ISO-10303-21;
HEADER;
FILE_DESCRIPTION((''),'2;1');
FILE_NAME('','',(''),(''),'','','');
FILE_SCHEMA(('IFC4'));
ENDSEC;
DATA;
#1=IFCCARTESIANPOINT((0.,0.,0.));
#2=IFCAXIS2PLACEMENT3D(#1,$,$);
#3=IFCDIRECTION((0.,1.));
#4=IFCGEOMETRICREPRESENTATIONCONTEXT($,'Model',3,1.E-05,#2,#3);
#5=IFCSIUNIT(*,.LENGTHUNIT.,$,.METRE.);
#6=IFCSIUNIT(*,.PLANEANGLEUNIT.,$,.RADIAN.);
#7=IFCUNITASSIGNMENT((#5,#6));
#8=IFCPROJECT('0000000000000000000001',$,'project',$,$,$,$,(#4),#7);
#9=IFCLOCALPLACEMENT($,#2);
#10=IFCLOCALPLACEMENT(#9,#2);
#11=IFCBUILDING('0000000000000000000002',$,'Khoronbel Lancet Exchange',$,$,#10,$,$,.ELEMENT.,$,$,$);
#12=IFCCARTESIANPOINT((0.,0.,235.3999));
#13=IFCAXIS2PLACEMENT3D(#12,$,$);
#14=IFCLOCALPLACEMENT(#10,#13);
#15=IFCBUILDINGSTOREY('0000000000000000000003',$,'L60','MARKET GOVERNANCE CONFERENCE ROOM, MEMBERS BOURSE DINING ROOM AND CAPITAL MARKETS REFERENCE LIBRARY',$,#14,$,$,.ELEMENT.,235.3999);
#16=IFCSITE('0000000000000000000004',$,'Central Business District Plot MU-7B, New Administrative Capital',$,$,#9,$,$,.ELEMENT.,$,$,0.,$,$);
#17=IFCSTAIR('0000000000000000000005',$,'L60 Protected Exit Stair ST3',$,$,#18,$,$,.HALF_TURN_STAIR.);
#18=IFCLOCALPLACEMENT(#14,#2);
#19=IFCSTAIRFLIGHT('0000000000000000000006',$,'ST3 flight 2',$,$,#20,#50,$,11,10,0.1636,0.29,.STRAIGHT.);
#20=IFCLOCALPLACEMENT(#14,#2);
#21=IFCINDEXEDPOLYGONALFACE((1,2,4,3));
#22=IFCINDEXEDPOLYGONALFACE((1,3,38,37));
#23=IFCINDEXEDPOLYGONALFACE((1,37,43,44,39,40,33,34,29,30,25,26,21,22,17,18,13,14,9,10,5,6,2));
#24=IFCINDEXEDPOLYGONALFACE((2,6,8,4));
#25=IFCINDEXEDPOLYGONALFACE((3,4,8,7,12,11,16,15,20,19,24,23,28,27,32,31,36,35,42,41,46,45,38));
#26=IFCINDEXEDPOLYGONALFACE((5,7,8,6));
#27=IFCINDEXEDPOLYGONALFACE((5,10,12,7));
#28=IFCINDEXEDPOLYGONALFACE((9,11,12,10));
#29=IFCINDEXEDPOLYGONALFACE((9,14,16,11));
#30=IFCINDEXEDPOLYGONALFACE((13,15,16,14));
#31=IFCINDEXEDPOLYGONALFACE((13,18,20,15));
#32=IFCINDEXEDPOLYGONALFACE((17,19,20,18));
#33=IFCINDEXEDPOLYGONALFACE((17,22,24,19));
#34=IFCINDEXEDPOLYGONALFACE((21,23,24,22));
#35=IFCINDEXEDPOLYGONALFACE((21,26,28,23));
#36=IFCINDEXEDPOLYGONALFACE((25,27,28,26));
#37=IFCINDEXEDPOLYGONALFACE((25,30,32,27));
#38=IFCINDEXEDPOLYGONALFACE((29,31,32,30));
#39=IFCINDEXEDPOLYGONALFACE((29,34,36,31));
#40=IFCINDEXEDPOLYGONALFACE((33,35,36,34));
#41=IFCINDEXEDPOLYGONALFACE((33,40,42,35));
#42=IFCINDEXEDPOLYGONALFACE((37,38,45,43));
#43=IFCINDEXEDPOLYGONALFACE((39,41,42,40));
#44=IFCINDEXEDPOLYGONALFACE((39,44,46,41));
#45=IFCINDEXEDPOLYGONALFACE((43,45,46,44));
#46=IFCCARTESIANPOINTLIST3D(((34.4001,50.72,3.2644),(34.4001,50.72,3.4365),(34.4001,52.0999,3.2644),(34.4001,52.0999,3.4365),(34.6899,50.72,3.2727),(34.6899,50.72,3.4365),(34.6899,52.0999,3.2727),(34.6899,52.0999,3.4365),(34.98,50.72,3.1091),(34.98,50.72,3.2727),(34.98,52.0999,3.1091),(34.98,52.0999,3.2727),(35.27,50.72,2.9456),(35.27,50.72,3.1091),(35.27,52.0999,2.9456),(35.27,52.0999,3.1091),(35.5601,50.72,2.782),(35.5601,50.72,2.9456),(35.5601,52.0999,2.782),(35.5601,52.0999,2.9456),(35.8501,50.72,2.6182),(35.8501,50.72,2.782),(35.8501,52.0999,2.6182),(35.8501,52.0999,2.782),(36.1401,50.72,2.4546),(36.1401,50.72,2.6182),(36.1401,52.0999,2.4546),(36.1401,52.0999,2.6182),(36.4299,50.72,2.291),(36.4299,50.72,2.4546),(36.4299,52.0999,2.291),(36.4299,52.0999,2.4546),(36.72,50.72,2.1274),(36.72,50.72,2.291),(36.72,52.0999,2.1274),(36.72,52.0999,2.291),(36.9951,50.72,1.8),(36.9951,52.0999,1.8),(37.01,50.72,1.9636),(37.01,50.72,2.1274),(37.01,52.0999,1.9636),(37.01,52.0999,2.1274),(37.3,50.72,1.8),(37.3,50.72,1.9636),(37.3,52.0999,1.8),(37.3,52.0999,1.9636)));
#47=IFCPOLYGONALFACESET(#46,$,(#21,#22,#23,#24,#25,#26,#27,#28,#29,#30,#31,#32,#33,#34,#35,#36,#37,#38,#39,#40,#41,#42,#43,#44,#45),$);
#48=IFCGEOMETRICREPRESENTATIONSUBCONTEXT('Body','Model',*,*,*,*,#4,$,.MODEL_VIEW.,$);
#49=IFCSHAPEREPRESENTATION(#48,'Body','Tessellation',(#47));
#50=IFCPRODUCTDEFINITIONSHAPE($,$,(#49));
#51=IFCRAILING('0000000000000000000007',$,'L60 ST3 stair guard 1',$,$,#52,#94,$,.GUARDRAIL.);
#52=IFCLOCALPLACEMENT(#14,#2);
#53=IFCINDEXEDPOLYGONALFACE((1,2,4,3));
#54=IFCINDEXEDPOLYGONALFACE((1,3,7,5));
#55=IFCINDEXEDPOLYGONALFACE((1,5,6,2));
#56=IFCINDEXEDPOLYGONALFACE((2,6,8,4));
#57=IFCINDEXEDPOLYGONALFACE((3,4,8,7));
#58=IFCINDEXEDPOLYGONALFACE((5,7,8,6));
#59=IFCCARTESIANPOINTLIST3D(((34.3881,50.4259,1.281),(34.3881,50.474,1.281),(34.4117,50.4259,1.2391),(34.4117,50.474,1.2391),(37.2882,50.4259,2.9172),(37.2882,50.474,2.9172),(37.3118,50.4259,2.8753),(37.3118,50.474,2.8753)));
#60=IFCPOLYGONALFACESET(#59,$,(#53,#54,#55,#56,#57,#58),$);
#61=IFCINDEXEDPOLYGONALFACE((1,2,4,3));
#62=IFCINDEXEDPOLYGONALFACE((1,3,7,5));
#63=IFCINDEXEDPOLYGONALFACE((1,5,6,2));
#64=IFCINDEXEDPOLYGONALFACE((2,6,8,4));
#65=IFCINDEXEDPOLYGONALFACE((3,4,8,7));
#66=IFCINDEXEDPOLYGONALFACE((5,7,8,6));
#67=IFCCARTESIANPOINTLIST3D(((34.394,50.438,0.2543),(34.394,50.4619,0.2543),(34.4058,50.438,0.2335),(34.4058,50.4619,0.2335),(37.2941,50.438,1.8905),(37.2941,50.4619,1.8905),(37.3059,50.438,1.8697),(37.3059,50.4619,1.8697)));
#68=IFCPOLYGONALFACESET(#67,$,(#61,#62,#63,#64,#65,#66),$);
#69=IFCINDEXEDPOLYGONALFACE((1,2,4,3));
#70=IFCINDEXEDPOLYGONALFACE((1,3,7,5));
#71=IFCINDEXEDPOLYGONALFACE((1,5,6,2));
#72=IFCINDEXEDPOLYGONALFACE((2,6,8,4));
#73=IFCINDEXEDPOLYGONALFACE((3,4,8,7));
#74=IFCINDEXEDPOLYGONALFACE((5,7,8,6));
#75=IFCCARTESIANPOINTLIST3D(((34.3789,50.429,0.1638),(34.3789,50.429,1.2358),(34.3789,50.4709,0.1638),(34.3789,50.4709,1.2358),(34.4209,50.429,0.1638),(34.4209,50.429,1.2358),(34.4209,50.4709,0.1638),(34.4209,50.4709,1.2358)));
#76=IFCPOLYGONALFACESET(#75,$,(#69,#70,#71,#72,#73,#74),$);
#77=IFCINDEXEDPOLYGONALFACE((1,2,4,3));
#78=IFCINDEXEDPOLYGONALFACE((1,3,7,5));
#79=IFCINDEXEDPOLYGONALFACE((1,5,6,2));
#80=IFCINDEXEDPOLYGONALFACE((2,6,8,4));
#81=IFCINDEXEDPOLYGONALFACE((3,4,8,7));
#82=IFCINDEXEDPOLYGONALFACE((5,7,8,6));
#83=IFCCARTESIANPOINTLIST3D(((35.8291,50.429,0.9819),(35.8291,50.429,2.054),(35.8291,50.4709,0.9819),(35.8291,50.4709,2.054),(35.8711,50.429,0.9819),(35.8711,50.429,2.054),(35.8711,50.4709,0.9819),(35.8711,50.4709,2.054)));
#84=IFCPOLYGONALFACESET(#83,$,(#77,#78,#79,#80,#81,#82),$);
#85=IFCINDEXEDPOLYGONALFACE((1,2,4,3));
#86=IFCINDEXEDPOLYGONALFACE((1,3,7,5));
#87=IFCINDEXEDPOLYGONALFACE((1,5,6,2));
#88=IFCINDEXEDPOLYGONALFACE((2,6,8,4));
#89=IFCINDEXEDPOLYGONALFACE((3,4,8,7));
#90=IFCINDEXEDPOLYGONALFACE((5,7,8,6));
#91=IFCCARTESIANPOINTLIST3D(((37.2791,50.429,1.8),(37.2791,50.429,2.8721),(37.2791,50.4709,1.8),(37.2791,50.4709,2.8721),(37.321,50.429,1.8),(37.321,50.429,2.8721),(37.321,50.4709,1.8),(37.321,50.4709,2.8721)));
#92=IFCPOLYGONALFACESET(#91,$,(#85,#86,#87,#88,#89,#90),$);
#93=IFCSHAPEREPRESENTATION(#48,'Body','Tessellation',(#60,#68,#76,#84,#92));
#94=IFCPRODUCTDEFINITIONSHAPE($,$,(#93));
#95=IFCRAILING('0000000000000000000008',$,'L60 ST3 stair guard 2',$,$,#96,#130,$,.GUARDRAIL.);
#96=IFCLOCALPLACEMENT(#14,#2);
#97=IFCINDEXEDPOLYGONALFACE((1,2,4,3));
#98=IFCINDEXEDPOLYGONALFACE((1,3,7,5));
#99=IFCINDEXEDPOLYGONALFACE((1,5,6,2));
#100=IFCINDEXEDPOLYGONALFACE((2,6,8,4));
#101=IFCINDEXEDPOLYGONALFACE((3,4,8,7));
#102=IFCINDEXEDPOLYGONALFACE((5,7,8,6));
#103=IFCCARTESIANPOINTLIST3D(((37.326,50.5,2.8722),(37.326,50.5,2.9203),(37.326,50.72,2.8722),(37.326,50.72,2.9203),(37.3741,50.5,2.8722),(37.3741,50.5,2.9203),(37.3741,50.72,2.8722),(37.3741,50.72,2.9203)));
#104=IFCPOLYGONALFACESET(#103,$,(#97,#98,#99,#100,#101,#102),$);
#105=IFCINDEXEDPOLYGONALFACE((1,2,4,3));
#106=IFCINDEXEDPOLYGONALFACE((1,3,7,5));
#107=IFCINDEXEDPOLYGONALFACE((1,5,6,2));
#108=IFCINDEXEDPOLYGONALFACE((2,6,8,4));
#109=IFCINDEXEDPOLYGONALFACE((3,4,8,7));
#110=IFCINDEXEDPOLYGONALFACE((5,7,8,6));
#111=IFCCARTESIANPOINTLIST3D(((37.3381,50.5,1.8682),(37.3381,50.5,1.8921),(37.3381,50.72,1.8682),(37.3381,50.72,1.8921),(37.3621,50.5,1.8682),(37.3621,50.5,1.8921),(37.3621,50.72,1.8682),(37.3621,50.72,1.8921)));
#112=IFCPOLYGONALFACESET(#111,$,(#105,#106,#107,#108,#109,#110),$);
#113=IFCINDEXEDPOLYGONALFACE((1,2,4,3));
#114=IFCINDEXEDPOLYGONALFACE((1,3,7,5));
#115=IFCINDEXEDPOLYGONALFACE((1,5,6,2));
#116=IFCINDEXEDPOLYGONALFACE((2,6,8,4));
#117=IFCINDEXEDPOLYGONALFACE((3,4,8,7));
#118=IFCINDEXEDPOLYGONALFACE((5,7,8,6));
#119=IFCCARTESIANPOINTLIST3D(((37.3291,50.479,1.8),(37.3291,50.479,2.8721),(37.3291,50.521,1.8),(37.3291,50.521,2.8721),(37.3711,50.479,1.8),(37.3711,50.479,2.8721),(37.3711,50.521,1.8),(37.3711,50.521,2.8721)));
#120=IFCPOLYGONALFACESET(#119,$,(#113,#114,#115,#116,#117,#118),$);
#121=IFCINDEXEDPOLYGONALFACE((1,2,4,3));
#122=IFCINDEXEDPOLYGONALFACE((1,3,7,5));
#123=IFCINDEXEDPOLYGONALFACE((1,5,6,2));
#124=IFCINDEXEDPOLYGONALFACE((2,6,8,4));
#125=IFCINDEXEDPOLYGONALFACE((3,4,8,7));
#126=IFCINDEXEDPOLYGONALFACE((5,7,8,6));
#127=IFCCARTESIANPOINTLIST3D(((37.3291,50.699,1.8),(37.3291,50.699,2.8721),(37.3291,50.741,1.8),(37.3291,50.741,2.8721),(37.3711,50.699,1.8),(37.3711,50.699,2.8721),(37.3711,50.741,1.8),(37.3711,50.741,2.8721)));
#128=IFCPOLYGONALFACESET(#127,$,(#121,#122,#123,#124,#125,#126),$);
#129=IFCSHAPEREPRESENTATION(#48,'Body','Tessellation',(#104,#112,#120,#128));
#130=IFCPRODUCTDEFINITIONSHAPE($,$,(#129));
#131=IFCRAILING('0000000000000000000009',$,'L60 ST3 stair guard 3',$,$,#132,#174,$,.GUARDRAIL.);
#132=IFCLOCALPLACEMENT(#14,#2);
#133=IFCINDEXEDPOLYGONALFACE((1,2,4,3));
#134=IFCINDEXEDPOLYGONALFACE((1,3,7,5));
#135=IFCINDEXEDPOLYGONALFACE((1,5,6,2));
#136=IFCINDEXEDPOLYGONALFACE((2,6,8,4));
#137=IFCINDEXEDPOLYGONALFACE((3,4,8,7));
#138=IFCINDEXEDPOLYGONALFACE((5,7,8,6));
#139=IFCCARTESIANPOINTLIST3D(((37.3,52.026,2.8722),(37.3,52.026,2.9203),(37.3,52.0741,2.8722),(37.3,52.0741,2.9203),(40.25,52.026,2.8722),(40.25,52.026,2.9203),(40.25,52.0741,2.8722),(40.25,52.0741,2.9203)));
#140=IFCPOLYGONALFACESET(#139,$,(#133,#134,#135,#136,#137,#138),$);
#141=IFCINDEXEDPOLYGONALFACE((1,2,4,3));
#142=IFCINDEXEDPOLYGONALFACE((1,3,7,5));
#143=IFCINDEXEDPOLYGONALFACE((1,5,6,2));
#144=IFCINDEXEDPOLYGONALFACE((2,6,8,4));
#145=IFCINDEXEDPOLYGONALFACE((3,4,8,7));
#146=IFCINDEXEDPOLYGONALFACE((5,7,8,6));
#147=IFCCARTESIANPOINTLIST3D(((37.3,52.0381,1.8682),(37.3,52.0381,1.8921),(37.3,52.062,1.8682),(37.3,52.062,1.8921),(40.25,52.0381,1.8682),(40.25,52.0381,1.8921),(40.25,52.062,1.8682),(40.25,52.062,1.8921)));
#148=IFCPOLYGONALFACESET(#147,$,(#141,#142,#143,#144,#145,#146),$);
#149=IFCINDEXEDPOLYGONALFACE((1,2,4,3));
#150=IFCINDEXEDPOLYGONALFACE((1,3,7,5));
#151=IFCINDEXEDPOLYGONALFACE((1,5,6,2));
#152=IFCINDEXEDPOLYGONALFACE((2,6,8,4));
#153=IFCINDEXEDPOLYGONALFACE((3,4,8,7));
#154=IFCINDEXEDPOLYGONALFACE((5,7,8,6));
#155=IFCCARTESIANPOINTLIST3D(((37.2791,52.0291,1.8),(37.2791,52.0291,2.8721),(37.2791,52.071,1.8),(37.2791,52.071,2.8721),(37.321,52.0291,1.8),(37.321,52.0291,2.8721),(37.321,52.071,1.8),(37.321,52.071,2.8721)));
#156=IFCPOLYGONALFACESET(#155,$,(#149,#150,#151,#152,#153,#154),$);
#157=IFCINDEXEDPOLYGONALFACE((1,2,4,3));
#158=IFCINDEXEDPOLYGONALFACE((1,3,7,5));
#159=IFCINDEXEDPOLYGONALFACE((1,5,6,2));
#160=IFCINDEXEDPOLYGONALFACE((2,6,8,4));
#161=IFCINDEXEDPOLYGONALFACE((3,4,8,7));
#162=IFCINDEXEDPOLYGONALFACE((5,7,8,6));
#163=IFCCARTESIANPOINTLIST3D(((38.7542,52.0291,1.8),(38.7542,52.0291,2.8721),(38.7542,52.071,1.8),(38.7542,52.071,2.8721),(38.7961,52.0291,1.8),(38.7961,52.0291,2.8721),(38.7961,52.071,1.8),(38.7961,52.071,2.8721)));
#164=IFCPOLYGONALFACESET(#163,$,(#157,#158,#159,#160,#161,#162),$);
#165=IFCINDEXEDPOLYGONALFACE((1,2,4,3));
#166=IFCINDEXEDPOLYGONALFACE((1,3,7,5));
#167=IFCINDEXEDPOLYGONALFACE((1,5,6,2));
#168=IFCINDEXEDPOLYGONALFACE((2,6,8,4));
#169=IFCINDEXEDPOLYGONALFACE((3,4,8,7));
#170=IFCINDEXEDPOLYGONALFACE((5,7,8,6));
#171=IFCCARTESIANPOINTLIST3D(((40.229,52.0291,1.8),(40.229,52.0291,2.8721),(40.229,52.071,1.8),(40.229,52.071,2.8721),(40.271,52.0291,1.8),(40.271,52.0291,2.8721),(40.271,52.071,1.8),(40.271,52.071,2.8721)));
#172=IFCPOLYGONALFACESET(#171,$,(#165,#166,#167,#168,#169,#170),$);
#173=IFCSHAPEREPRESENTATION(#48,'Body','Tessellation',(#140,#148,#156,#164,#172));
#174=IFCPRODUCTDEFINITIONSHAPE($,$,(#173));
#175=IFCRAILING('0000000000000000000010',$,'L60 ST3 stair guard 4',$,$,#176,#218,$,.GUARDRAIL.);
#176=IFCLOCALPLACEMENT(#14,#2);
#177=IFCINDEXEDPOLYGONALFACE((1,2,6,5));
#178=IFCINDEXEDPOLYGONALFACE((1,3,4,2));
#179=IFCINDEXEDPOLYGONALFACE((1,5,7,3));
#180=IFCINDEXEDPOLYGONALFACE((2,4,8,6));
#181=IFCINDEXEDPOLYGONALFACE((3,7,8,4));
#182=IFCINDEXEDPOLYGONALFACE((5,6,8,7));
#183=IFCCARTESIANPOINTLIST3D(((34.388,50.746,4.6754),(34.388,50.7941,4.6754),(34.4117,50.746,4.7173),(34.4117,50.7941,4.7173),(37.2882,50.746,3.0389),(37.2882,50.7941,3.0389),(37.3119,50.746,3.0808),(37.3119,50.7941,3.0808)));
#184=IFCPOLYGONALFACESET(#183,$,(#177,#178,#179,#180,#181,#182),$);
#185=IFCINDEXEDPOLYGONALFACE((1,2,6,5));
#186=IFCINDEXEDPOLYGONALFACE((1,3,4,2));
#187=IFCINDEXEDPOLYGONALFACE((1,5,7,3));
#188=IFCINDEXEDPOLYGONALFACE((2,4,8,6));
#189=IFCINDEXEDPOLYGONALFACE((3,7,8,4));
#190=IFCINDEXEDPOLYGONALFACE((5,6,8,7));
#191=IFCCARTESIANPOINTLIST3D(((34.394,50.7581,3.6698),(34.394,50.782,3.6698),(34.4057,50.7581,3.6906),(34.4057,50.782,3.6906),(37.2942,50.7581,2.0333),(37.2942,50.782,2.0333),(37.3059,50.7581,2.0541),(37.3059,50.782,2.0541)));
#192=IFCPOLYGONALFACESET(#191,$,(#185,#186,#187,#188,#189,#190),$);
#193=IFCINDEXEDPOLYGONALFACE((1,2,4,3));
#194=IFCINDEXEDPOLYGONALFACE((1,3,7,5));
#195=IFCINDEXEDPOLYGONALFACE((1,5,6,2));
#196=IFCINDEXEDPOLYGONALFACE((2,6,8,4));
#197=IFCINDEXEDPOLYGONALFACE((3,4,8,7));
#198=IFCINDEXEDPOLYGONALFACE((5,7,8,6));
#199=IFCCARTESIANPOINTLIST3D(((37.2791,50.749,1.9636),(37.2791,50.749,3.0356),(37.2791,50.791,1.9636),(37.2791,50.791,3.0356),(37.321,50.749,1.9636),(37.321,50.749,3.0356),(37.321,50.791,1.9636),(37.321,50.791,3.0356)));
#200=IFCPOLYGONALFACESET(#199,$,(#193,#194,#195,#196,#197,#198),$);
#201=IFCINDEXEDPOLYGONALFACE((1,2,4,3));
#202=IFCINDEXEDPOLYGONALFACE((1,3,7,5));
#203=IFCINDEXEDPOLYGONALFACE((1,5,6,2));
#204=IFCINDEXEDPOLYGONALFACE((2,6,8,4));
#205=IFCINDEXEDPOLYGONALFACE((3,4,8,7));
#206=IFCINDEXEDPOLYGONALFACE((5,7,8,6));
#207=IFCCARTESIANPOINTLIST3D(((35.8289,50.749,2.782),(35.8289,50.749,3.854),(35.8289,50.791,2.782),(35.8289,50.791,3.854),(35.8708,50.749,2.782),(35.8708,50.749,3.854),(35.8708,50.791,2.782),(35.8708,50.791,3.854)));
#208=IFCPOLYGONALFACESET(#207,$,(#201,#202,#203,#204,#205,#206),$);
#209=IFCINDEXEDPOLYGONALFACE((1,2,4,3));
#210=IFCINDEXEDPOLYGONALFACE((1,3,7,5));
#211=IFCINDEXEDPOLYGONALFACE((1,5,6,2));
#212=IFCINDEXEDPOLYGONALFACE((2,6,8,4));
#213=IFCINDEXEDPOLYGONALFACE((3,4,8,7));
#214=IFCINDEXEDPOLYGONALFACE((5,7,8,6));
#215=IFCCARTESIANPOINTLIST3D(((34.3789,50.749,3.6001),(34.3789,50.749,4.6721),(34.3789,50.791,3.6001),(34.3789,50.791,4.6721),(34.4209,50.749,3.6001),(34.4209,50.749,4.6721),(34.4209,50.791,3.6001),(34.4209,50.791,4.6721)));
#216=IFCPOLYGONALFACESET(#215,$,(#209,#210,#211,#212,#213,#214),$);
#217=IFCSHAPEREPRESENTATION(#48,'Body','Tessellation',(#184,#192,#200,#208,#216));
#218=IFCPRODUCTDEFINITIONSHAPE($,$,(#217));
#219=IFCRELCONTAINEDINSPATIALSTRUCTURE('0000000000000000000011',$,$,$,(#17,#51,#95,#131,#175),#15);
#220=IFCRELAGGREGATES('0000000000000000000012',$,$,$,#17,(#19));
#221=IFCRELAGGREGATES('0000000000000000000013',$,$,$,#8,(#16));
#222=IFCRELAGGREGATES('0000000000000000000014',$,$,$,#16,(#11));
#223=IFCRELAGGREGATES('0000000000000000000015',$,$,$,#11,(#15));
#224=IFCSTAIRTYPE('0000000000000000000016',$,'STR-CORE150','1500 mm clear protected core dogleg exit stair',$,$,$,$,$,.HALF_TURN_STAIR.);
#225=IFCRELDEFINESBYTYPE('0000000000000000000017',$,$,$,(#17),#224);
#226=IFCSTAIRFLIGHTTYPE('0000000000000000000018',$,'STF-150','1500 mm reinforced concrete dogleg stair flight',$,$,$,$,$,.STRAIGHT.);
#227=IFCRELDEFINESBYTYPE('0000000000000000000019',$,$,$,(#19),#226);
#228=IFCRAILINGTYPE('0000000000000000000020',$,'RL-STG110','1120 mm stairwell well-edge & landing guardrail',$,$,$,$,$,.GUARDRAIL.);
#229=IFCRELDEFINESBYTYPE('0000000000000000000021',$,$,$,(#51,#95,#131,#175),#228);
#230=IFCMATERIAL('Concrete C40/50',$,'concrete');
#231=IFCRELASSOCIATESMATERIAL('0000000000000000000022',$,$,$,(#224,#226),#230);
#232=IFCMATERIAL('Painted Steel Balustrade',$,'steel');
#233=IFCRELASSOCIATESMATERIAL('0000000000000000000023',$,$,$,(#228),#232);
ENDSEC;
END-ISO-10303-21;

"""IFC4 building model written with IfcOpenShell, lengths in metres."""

from ifc_helpers import new_model, si_unit, direction, frame, origin, origin_2d, place, context, subcontext, project, spatial, polyline, rectangle, outline, extrude, material, type_object, element, aggregate, save


model = new_model("IFC4")

# Units and contexts
model_context = context("Model", 3, precision=1e-05, world=origin(), true_north=direction((0.0, 1.0)))
body_context = subcontext(model_context, "Body", "Model", "MODEL_VIEW")
ifc_project = project(units=[si_unit("LENGTHUNIT", "METRE"), si_unit("PLANEANGLEUNIT", "RADIAN")], contexts=[model_context])

# Site, building, storey
site_placement = place(None, origin())
site = spatial("IfcSite", under=ifc_project, at=site_placement, Name="Central Business District Plot MU-7B, New Administrative Capital", CompositionType="ELEMENT", RefElevation=0.0)
building_placement = place(site_placement, origin())
building = spatial("IfcBuilding", under=site, at=building_placement, Name="Khoronbel Lancet Exchange", CompositionType="ELEMENT")
storey_placement = place(building_placement, frame((0.0, 0.0, 235.3999)))
storey = spatial("IfcBuildingStorey", under=building, at=storey_placement, Name="L60", Description="MARKET GOVERNANCE CONFERENCE ROOM, MEMBERS BOURSE DINING ROOM AND CAPITAL MARKETS REFERENCE LIBRARY", CompositionType="ELEMENT", Elevation=235.3999)

# Stair, stair flight
ifc_material_1 = material(Name="Concrete C40/50", Category="concrete")
stair_type = type_object("IfcStairType", Name="STR-CORE150", Description="1500 mm clear protected core dogleg exit stair", PredefinedType="HALF_TURN_STAIR", material=ifc_material_1)
stair_placement = place(storey_placement, origin())
stair = element("IfcStair", 1, at=stair_placement, inside=storey, type_object=stair_type, Name="L60 Protected Exit Stair ST3", PredefinedType="HALF_TURN_STAIR")
stair_flight_type = type_object("IfcStairFlightType", Name="STF-150", Description="1500 mm reinforced concrete dogleg stair flight", PredefinedType="STRAIGHT", material=ifc_material_1)
stair_flight_1_placement = place(storey_placement, frame((37.3, 51.4099, 1.8), z_axis=(0.0, 0.0, 1.0), x_axis=(-1.0, 0.0, 0.0)))
stair_flight_1 = element("IfcStairFlight", 2, at=stair_flight_1_placement, type_object=stair_flight_type, Name="ST3 flight 2", NumberOfRisers=11, NumberOfTreads=10, PredefinedType="STRAIGHT", RiserHeight=0.1636, TreadLength=0.29, context=body_context, shape_type="SweptSolid", body=[
    extrude(outline(polyline([(0.0, 0.0), (0.0, 0.1636), (0.29, 0.1636), (0.29, 0.3274), (0.5801, 0.3274), (0.5801, 0.491), (0.8701, 0.491), (0.8701, 0.6545), (1.1599, 0.6545), (1.1599, 0.8181), (1.45, 0.8181), (1.45, 0.9819), (1.74, 0.9819), (1.74, 1.1455), (2.03, 1.1455), (2.03, 1.3091), (2.3201, 1.3091), (2.3201, 1.4727), (2.6101, 1.4727), (2.6101, 1.6365), (2.8999, 1.6365), (2.8999, 1.8), (2.8999, 1.4644), (0.3049, 0.0), (0.0, 0.0)])), frame((0.0, 0.6899, 0.0), z_axis=(0.0, -1.0, 0.0), x_axis=(1.0, 0.0, 0.0)), (0.0, 0.0, 1.0), 1.3799),
])
aggregate(stair, [stair_flight_1])

# Railings
ifc_material_2 = material(Name="Painted Steel Balustrade", Category="steel")
railing_type_1 = type_object("IfcRailingType", Name="RL-STG110", Description="1120 mm stairwell well-edge & landing guardrail", PredefinedType="GUARDRAIL", material=ifc_material_2)
railing_1_placement = place(storey_placement, frame((34.3999, 50.45, 0.1638)))
element("IfcRailing", 3, at=railing_1_placement, inside=storey, type_object=railing_type_1, Name="L60 ST3 stair guard 1", PredefinedType="GUARDRAIL", context=body_context, shape_type="SweptSolid", body=[
    extrude(rectangle(XDim=0.0481, YDim=0.0481, at=origin_2d()), frame((0.0, 0.0, 1.0962), z_axis=(0.870946, 0.0, 0.491378), x_axis=(0.0, 1.0, 0.0)), (0.0, 0.0, 1.0), 3.3298),
    extrude(rectangle(XDim=0.0239, YDim=0.0239, at=origin_2d()), frame((0.0, 0.0, 0.0801), z_axis=(0.870946, 0.0, 0.491378), x_axis=(0.0, 1.0, 0.0)), (0.0, 0.0, 1.0), 3.3298),
    extrude(rectangle(XDim=0.042, YDim=0.042, at=origin_2d()), origin(), (0.0, 0.0, 1.0), 1.072),
    extrude(rectangle(XDim=0.042, YDim=0.042, at=origin_2d()), frame((1.4502, 0.0, 0.8181)), (0.0, 0.0, 1.0), 1.072),
    extrude(rectangle(XDim=0.042, YDim=0.042, at=origin_2d()), frame((2.9001, 0.0, 1.6362)), (0.0, 0.0, 1.0), 1.072),
])
railing_2_placement = place(storey_placement, frame((37.3501, 50.5, 1.8)))
element("IfcRailing", 4, at=railing_2_placement, inside=storey, type_object=railing_type_1, Name="L60 ST3 stair guard 2", PredefinedType="GUARDRAIL", context=body_context, shape_type="SweptSolid", body=[
    extrude(rectangle(XDim=0.0481, YDim=0.0481, at=origin_2d()), frame((0.0, 0.0, 1.0962), z_axis=(0.0, 1.0, 0.0), x_axis=(-1.0, 0.0, 0.0)), (0.0, 0.0, 1.0), 0.22),
    extrude(rectangle(XDim=0.0239, YDim=0.0239, at=origin_2d()), frame((0.0, 0.0, 0.0801), z_axis=(0.0, 1.0, 0.0), x_axis=(-1.0, 0.0, 0.0)), (0.0, 0.0, 1.0), 0.22),
    extrude(rectangle(XDim=0.042, YDim=0.042, at=origin_2d()), origin(), (0.0, 0.0, 1.0), 1.072),
    extrude(rectangle(XDim=0.042, YDim=0.042, at=origin_2d()), frame((0.0, 0.22, 0.0)), (0.0, 0.0, 1.0), 1.072),
])
railing_3_placement = place(storey_placement, frame((37.3, 52.05, 1.8)))
element("IfcRailing", 5, at=railing_3_placement, inside=storey, type_object=railing_type_1, Name="L60 ST3 stair guard 3", PredefinedType="GUARDRAIL", context=body_context, shape_type="SweptSolid", body=[
    extrude(rectangle(XDim=0.0481, YDim=0.0481, at=origin_2d()), frame((0.0, 0.0, 1.0962), z_axis=(1.0, 0.0, 0.0), x_axis=(0.0, 1.0, 0.0)), (0.0, 0.0, 1.0), 2.95),
    extrude(rectangle(XDim=0.0239, YDim=0.0239, at=origin_2d()), frame((0.0, 0.0, 0.0801), z_axis=(1.0, 0.0, 0.0), x_axis=(0.0, 1.0, 0.0)), (0.0, 0.0, 1.0), 2.95),
    extrude(rectangle(XDim=0.042, YDim=0.042, at=origin_2d()), origin(), (0.0, 0.0, 1.0), 1.072),
    extrude(rectangle(XDim=0.042, YDim=0.042, at=origin_2d()), frame((1.4751, 0.0, 0.0)), (0.0, 0.0, 1.0), 1.072),
    extrude(rectangle(XDim=0.042, YDim=0.042, at=origin_2d()), frame((2.95, 0.0, 0.0)), (0.0, 0.0, 1.0), 1.072),
])
railing_4_placement = place(storey_placement, frame((37.3, 50.77, 1.9636)))
element("IfcRailing", 6, at=railing_4_placement, inside=storey, type_object=railing_type_1, Name="L60 ST3 stair guard 4", PredefinedType="GUARDRAIL", context=body_context, shape_type="SweptSolid", body=[
    extrude(rectangle(XDim=0.0481, YDim=0.0481, at=origin_2d()), frame((0.0, 0.0, 1.0962), z_axis=(-0.870915, 0.0, 0.491434), x_axis=(0.0, -1.0, 0.0)), (0.0, 0.0, 1.0), 3.3301),
    extrude(rectangle(XDim=0.0239, YDim=0.0239, at=origin_2d()), frame((0.0, 0.0, 0.0801), z_axis=(-0.870915, 0.0, 0.491434), x_axis=(0.0, -1.0, 0.0)), (0.0, 0.0, 1.0), 3.3301),
    extrude(rectangle(XDim=0.042, YDim=0.042, at=origin_2d()), origin(), (0.0, 0.0, 1.0), 1.072),
    extrude(rectangle(XDim=0.042, YDim=0.042, at=origin_2d()), frame((-1.4502, 0.0, 0.8184)), (0.0, 0.0, 1.0), 1.072),
    extrude(rectangle(XDim=0.042, YDim=0.042, at=origin_2d()), frame((-2.9001, 0.0, 1.6365)), (0.0, 0.0, 1.0), 1.072),
])

save(model, "model.ifc")
